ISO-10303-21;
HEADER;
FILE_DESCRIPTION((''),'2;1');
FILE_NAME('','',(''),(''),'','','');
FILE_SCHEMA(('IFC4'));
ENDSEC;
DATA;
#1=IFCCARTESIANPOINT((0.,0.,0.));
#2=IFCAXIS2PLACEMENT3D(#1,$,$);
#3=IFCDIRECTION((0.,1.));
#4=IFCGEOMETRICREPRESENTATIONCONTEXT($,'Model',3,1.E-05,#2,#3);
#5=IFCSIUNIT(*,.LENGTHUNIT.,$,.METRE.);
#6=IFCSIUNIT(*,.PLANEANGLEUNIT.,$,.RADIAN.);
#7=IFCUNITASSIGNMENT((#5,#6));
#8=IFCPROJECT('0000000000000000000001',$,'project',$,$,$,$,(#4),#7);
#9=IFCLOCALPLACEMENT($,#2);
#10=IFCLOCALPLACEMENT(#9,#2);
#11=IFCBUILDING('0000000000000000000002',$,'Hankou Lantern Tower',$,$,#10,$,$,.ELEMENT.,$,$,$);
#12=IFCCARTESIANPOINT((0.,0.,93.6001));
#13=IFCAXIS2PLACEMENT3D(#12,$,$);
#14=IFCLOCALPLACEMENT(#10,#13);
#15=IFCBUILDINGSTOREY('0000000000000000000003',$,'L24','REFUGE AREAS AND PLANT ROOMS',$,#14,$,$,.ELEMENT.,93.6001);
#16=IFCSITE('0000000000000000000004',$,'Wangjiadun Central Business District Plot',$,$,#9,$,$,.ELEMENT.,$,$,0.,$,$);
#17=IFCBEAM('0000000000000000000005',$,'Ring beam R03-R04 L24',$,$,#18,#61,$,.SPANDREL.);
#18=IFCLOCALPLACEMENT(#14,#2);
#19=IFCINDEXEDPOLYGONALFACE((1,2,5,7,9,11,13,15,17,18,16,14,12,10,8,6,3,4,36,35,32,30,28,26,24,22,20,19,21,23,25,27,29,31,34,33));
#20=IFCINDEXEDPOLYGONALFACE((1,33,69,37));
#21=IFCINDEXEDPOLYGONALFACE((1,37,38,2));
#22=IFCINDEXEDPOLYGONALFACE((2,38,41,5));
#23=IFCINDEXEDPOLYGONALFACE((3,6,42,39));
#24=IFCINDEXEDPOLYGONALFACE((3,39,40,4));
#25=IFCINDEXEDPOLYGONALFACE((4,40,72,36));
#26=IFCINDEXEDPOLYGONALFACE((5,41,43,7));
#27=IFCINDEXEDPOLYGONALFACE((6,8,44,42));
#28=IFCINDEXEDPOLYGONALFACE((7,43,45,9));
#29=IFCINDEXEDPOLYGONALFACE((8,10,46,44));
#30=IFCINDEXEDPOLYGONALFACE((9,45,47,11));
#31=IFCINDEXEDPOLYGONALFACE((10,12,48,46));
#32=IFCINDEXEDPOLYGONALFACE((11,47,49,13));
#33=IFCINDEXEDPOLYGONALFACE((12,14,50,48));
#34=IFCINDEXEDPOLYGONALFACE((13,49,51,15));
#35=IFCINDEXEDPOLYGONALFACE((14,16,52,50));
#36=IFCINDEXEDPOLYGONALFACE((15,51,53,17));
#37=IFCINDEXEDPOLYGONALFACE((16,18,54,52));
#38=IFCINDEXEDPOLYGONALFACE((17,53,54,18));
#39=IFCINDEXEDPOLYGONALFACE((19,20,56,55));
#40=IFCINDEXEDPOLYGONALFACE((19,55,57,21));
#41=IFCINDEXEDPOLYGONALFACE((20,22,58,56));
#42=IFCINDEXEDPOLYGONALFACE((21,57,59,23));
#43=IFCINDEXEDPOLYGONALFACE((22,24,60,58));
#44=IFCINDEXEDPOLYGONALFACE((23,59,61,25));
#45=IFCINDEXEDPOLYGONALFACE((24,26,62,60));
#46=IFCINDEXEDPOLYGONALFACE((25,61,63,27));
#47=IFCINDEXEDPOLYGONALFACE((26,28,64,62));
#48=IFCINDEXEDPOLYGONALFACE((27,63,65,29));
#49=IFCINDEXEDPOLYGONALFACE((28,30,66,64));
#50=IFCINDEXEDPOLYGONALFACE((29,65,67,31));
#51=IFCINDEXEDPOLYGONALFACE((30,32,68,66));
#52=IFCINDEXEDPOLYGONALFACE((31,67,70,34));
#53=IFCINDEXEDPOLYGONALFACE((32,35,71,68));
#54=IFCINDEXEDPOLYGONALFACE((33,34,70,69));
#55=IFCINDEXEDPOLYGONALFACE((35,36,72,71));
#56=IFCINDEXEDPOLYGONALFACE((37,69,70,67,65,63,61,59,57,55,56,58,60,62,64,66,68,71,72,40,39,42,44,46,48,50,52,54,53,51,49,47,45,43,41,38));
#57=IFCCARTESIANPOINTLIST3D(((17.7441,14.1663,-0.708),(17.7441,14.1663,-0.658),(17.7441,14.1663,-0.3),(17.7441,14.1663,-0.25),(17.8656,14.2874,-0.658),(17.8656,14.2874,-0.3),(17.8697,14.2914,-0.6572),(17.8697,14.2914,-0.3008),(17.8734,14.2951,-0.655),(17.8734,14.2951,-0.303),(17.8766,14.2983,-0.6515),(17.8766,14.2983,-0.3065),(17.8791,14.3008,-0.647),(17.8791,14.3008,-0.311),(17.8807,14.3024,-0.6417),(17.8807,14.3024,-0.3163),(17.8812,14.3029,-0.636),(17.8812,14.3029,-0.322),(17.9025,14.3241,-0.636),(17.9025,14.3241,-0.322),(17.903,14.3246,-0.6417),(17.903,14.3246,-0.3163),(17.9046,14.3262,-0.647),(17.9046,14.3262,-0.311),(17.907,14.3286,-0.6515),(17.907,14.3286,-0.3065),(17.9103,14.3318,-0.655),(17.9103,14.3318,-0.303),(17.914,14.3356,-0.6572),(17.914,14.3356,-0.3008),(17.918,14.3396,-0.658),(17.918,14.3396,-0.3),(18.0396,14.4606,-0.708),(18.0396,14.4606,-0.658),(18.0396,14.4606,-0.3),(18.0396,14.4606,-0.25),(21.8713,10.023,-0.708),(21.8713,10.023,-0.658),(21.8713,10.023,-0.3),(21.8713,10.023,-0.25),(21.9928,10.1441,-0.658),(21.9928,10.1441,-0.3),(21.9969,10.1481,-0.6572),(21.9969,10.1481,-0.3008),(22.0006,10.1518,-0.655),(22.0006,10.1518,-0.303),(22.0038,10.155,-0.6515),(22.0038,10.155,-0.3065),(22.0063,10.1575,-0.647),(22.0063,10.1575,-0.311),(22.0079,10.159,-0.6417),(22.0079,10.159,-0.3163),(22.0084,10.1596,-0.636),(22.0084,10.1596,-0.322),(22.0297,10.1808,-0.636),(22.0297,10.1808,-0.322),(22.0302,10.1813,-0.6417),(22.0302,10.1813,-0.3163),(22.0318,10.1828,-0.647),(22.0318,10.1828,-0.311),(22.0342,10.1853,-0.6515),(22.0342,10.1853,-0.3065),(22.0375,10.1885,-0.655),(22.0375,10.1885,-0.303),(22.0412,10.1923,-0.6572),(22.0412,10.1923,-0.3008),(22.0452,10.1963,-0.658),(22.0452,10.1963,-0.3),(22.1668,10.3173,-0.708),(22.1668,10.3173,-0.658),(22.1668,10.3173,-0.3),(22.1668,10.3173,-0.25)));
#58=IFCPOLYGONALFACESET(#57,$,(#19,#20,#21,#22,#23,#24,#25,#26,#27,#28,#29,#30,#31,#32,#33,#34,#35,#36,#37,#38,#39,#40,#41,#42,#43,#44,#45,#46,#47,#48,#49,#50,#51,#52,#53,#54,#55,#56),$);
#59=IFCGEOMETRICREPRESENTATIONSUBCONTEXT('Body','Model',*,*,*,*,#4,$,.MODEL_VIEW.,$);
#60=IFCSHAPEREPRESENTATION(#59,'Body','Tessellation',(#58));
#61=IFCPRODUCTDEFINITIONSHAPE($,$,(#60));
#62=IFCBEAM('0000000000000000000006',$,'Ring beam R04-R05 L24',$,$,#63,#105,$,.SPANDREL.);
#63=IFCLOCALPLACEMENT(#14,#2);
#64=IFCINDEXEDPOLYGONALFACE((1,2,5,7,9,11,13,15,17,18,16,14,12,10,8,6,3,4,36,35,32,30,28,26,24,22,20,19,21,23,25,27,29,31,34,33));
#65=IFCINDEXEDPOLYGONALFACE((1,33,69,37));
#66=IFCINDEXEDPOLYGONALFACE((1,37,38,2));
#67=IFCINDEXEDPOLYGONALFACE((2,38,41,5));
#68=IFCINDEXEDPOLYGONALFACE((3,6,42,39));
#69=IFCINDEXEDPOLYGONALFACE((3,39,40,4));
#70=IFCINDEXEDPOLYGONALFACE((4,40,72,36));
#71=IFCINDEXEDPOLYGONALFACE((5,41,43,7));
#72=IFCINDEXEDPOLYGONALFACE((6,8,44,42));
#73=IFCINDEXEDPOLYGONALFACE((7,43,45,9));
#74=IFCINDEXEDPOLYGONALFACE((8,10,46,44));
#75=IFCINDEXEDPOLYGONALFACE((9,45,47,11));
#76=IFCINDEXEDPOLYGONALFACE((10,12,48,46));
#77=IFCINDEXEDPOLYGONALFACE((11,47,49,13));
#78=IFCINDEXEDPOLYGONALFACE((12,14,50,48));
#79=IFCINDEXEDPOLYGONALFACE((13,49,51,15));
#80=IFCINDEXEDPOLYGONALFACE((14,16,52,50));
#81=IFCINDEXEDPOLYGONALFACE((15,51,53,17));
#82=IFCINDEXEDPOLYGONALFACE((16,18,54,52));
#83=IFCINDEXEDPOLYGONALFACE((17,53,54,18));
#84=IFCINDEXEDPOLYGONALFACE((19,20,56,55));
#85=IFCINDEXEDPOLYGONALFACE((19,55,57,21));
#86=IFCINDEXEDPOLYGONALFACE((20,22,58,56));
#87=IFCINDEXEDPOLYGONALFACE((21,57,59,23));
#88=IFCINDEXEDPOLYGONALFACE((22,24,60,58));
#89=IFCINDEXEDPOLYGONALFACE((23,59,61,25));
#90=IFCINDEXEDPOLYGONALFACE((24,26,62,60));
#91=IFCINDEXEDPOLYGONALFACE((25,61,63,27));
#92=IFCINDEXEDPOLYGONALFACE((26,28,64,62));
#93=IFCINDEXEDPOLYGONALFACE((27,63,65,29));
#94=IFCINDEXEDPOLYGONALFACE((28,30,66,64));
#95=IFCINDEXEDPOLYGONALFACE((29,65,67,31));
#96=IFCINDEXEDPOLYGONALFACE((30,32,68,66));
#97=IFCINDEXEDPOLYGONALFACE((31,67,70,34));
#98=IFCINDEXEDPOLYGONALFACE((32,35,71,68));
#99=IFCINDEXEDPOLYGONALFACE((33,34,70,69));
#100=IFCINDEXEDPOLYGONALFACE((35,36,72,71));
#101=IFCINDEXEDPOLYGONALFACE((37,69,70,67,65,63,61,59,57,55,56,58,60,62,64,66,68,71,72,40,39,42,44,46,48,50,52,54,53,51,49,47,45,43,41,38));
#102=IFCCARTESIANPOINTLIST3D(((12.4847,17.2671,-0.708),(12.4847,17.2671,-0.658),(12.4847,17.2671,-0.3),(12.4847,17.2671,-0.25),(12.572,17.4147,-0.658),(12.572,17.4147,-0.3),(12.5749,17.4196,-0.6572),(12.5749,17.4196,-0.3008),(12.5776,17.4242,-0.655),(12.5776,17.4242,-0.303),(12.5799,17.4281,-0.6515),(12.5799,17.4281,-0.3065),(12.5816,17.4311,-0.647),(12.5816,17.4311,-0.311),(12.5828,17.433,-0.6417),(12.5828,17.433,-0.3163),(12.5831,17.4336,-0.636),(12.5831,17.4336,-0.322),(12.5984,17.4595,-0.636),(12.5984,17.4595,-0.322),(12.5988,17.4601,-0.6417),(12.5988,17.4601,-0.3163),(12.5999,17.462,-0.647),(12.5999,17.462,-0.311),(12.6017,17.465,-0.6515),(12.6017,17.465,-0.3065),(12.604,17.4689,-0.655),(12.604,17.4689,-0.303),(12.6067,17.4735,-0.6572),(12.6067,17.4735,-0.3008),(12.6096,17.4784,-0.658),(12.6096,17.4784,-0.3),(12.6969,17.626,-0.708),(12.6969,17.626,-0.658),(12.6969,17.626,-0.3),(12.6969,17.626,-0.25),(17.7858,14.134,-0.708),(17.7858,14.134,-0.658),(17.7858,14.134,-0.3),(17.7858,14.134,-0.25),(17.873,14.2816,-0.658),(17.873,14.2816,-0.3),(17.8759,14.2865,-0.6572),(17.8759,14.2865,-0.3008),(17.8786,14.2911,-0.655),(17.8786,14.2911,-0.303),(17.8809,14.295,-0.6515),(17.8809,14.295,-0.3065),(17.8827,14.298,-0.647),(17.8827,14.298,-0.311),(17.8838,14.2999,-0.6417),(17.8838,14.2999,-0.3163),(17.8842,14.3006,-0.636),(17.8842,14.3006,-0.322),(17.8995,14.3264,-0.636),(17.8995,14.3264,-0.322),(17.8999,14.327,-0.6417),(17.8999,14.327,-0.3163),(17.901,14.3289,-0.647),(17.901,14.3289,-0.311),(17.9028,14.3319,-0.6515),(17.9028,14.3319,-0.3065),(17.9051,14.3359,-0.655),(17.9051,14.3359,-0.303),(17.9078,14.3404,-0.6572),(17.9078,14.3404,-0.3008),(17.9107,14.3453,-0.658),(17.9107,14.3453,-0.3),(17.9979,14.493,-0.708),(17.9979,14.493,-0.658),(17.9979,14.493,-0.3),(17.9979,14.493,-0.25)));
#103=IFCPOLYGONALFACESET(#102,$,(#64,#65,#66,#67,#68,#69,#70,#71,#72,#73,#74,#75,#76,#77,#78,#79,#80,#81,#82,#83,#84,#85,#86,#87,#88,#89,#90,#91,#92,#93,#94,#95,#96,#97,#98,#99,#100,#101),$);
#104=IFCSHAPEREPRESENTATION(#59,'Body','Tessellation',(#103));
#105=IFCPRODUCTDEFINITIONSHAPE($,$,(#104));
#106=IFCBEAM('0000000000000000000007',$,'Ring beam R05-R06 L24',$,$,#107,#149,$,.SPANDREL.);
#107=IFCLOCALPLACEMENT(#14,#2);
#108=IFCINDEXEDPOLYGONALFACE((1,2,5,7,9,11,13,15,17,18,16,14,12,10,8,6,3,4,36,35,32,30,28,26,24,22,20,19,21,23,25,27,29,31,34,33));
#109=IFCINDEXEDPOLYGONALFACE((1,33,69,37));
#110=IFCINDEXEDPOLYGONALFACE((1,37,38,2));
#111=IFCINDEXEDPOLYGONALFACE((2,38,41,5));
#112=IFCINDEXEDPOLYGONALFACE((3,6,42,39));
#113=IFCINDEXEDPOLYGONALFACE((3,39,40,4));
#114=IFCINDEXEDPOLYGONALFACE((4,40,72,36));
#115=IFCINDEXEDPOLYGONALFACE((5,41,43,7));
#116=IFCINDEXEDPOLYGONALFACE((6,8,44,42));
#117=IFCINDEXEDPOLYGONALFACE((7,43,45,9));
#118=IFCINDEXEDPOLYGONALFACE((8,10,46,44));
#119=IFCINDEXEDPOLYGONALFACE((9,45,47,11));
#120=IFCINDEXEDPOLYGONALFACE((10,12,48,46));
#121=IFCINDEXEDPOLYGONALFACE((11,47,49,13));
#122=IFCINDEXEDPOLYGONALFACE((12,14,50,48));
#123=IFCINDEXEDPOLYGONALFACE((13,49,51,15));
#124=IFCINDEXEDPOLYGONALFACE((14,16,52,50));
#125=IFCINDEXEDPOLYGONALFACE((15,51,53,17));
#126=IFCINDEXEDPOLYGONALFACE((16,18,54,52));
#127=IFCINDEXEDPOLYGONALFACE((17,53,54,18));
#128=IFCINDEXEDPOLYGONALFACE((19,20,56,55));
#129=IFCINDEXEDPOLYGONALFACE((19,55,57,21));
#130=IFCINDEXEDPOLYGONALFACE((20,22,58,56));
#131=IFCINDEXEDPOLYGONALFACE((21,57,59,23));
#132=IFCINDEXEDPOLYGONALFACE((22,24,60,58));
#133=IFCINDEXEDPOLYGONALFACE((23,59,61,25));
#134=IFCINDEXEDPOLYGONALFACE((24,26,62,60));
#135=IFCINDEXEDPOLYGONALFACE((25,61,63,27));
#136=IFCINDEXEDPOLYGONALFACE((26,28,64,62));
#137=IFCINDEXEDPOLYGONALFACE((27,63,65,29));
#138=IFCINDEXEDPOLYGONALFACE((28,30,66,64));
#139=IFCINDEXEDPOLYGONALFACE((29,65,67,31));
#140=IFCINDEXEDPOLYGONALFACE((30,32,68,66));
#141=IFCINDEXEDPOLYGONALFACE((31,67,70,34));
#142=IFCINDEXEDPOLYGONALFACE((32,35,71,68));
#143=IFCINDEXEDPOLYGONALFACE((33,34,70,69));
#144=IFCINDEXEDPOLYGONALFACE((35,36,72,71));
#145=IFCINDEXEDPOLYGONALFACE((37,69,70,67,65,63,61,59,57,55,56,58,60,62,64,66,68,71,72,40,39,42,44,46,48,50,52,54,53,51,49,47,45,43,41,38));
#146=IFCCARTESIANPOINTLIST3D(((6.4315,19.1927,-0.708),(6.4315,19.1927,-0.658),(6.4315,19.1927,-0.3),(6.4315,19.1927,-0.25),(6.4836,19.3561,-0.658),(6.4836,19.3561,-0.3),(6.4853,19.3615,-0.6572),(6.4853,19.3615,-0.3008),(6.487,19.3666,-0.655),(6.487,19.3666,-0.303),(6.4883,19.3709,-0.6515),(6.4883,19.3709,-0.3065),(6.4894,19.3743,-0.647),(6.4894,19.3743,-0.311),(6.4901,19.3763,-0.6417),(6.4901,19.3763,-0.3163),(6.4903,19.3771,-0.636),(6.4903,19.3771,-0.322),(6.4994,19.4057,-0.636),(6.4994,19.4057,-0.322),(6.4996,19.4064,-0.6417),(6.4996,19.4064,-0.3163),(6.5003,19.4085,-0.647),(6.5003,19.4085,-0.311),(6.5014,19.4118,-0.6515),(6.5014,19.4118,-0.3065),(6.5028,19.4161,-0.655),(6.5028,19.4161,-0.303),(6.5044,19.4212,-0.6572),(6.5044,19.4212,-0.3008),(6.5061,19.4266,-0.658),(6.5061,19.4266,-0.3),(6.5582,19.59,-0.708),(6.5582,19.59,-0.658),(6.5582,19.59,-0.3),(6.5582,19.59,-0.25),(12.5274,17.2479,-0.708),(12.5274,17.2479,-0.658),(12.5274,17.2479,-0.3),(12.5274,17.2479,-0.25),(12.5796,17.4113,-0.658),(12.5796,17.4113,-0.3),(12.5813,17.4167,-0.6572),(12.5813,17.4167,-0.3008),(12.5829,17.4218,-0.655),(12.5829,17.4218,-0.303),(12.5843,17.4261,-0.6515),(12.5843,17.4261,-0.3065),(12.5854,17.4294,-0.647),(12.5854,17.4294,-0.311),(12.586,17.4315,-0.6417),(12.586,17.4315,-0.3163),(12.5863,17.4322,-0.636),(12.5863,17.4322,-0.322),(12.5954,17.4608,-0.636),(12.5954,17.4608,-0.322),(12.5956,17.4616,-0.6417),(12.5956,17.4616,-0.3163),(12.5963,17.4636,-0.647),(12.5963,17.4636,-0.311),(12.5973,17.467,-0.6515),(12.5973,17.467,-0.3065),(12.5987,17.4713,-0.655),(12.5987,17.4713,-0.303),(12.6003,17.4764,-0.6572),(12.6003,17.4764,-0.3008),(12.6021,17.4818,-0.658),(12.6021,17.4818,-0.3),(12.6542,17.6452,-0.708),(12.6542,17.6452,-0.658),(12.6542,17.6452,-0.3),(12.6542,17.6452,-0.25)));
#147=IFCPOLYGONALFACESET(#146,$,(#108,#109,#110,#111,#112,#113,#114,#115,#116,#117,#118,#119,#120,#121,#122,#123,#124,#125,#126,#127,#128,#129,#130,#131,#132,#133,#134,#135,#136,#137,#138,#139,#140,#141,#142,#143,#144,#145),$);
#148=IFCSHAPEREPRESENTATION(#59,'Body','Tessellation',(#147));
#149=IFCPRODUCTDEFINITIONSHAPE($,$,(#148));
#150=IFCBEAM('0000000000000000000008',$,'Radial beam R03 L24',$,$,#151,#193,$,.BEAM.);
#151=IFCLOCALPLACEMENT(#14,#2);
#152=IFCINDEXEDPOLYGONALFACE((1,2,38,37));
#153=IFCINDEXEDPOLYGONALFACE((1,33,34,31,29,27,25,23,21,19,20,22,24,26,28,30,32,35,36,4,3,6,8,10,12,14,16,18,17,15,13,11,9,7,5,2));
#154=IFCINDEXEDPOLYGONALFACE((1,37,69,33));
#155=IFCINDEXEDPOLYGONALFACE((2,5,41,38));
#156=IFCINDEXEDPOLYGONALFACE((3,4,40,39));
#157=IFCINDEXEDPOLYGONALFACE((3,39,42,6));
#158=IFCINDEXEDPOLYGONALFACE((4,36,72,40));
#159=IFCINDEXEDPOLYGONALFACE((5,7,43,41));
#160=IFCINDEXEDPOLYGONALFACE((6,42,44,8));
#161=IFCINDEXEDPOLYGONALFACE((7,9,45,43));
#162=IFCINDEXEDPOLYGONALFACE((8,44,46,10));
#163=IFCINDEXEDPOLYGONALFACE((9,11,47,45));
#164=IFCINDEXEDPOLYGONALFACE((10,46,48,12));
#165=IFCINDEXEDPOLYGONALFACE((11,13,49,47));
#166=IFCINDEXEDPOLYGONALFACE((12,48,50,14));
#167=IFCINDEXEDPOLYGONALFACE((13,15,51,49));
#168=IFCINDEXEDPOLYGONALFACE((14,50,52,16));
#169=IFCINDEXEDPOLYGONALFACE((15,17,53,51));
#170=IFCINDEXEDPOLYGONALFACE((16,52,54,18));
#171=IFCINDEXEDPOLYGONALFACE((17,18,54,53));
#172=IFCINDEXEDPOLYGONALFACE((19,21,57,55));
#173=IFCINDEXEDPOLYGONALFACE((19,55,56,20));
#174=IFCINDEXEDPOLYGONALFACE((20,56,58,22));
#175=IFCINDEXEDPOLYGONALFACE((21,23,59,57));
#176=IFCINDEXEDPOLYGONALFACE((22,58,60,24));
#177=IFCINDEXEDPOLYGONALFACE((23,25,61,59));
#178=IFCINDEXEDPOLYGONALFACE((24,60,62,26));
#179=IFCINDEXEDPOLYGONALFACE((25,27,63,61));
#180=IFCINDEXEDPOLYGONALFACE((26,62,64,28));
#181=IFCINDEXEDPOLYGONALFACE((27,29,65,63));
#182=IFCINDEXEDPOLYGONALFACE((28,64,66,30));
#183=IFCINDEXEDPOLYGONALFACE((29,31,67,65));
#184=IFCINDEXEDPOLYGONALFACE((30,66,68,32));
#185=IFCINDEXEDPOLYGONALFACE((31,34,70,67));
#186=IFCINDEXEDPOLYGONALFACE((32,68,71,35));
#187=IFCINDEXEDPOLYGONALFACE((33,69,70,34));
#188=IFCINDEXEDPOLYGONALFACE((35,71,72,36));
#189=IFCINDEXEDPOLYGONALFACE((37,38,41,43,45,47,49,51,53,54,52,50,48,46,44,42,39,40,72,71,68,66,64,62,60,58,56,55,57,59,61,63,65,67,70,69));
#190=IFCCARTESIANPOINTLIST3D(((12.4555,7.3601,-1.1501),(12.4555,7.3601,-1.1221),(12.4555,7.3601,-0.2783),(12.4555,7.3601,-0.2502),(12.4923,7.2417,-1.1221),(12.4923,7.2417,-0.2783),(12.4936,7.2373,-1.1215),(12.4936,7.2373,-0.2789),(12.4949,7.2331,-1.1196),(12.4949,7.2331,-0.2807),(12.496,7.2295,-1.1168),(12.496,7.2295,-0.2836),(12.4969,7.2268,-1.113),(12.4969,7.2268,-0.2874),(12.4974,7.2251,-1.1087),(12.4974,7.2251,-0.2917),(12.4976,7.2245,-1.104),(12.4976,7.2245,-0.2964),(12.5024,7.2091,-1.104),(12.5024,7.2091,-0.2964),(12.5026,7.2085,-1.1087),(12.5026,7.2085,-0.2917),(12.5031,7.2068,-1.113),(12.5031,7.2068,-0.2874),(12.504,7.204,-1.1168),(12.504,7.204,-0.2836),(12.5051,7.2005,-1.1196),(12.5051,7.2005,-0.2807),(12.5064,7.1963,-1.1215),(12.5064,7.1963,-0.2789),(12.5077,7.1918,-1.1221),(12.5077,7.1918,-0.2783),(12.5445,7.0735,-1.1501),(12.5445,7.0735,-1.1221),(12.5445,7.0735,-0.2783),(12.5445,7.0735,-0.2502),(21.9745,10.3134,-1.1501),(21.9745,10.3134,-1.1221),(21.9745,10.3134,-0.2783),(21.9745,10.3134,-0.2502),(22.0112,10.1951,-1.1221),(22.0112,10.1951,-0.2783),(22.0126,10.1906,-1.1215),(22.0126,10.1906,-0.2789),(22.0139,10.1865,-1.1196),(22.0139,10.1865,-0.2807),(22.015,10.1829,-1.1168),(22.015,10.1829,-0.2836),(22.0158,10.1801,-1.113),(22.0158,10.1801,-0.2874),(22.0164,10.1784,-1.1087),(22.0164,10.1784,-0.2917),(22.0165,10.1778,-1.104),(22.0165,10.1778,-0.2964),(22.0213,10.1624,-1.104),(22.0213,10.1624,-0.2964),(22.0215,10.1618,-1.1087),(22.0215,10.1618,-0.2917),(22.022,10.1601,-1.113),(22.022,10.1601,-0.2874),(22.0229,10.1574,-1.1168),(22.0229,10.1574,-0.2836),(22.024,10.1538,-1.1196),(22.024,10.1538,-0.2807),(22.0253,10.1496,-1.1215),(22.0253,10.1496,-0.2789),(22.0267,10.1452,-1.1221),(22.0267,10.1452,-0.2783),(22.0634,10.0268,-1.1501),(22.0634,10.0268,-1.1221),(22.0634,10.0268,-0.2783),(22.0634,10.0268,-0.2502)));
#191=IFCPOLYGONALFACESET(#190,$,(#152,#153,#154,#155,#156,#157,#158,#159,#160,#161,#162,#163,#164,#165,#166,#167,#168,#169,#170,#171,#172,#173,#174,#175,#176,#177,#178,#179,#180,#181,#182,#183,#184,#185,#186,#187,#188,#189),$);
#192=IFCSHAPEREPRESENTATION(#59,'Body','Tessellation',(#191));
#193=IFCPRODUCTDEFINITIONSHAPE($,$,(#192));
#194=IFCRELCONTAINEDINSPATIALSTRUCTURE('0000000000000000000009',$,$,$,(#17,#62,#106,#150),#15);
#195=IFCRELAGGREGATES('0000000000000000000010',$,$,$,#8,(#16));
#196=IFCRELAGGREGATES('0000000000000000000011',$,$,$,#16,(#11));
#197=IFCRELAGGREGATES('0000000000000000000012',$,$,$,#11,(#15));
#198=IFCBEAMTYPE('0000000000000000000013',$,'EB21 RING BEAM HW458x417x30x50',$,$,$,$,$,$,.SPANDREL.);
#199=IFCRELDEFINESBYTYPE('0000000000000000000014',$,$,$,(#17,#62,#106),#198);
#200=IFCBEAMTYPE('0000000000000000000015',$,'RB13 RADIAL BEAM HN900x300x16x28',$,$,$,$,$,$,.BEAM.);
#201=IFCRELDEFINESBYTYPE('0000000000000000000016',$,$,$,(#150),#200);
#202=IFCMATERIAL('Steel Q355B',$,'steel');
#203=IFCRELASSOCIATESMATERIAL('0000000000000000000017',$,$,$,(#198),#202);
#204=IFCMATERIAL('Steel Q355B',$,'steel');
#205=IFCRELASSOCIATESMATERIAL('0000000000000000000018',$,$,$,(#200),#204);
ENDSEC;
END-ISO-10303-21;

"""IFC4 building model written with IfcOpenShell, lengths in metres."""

from ifc_helpers import new_model, si_unit, direction, frame, origin, origin_2d, place, context, subcontext, project, spatial, i_section, extrude, material, material_profile, profile_set, type_object, element, save


model = new_model("IFC4")

# Units and contexts
model_context = context("Model", 3, precision=1e-05, world=origin(), true_north=direction((0.0, 1.0)))
body_context = subcontext(model_context, "Body", "Model", "MODEL_VIEW")
ifc_project = project(units=[si_unit("LENGTHUNIT", "METRE"), si_unit("PLANEANGLEUNIT", "RADIAN")], contexts=[model_context])

# Site, building, storey
site_placement = place(None, origin())
site = spatial("IfcSite", under=ifc_project, at=site_placement, Name="Wangjiadun Central Business District Plot", CompositionType="ELEMENT", RefElevation=0.0)
building_placement = place(site_placement, origin())
building = spatial("IfcBuilding", under=site, at=building_placement, Name="Hankou Lantern Tower", CompositionType="ELEMENT")
storey_placement = place(building_placement, frame((0.0, 0.0, 93.6001)))
storey = spatial("IfcBuildingStorey", under=building, at=storey_placement, Name="L24", Description="REFUGE AREAS AND PLANT ROOMS", CompositionType="ELEMENT", Elevation=93.6001)

# Beams
ifc_material_1 = material(Name="Steel Q355B", Category="steel")
ifc_material_profile_1 = material_profile(ifc_material_1, i_section(OverallWidth=0.417, OverallDepth=0.458, WebThickness=0.03, FlangeThickness=0.05, FilletRadius=0.022, at=origin_2d()), Name="HW458x417x30x50")
ifc_profile_set_1 = profile_set([ifc_material_profile_1], Name="Steel Q355B")
beam_type_1 = type_object("IfcBeamType", Name="EB21 RING BEAM HW458x417x30x50", PredefinedType="SPANDREL", material=ifc_profile_set_1)
beam_1_placement = place(storey_placement, frame((22.019, 10.1702, -0.479), z_axis=(-0.705728, 0.708483, 0.0), x_axis=(-0.708483, -0.705728, 0.0)))
element("IfcBeam", 1, at=beam_1_placement, inside=storey, type_object=beam_type_1, Name="Ring beam R03-R04 L24", PredefinedType="SPANDREL", context=body_context, shape_type="SweptSolid", body=[
    extrude(i_section(OverallWidth=0.417, OverallDepth=0.458, WebThickness=0.03, FlangeThickness=0.05, FilletRadius=0.022, at=origin_2d()), origin(), (0.0, 0.0, 1.0), 5.8481),
])
beam_2_placement = place(storey_placement, frame((17.8918, 14.3135, -0.479), z_axis=(-0.860882, 0.508805, 0.0), x_axis=(-0.508805, -0.860882, 0.0)))
element("IfcBeam", 2, at=beam_2_placement, inside=storey, type_object=beam_type_1, Name="Ring beam R04-R05 L24", PredefinedType="SPANDREL", context=body_context, shape_type="SweptSolid", body=[
    extrude(i_section(OverallWidth=0.417, OverallDepth=0.458, WebThickness=0.03, FlangeThickness=0.05, FilletRadius=0.022, at=origin_2d()), origin(), (0.0, 0.0, 1.0), 6.1577),
])
beam_3_placement = place(storey_placement, frame((12.5908, 17.4465, -0.479), z_axis=(-0.95269, 0.303942, 0.0), x_axis=(-0.303942, -0.95269, 0.0)))
element("IfcBeam", 3, at=beam_3_placement, inside=storey, type_object=beam_type_1, Name="Ring beam R05-R06 L24", PredefinedType="SPANDREL", context=body_context, shape_type="SweptSolid", body=[
    extrude(i_section(OverallWidth=0.417, OverallDepth=0.458, WebThickness=0.03, FlangeThickness=0.05, FilletRadius=0.022, at=origin_2d()), origin(), (0.0, 0.0, 1.0), 6.3987),
])
ifc_material_2 = material(Name="Steel Q355B", Category="steel")
ifc_material_profile_2 = material_profile(ifc_material_2, i_section(OverallWidth=0.3, OverallDepth=0.8999, WebThickness=0.0161, FlangeThickness=0.0281, FilletRadius=0.0181, at=origin_2d()), Name="HN900x300x16x28")
ifc_profile_set_2 = profile_set([ifc_material_profile_2], Name="Steel Q355B")
beam_type_2 = type_object("IfcBeamType", Name="RB13 RADIAL BEAM HN900x300x16x28", PredefinedType="BEAM", material=ifc_profile_set_2)
beam_4_placement = place(storey_placement, frame((12.5, 7.2168, -0.7002), z_axis=(0.955087, 0.296324, 0.0), x_axis=(-0.296324, 0.955087, 0.0)))
element("IfcBeam", 4, at=beam_4_placement, inside=storey, type_object=beam_type_2, Name="Radial beam R03 L24", PredefinedType="BEAM", context=body_context, shape_type="SweptSolid", body=[
    extrude(i_section(OverallWidth=0.3, OverallDepth=0.8999, WebThickness=0.0161, FlangeThickness=0.0281, FilletRadius=0.0181, at=origin_2d()), origin(), (0.0, 0.0, 1.0), 9.9666),
])

save(model, "model.ifc")
